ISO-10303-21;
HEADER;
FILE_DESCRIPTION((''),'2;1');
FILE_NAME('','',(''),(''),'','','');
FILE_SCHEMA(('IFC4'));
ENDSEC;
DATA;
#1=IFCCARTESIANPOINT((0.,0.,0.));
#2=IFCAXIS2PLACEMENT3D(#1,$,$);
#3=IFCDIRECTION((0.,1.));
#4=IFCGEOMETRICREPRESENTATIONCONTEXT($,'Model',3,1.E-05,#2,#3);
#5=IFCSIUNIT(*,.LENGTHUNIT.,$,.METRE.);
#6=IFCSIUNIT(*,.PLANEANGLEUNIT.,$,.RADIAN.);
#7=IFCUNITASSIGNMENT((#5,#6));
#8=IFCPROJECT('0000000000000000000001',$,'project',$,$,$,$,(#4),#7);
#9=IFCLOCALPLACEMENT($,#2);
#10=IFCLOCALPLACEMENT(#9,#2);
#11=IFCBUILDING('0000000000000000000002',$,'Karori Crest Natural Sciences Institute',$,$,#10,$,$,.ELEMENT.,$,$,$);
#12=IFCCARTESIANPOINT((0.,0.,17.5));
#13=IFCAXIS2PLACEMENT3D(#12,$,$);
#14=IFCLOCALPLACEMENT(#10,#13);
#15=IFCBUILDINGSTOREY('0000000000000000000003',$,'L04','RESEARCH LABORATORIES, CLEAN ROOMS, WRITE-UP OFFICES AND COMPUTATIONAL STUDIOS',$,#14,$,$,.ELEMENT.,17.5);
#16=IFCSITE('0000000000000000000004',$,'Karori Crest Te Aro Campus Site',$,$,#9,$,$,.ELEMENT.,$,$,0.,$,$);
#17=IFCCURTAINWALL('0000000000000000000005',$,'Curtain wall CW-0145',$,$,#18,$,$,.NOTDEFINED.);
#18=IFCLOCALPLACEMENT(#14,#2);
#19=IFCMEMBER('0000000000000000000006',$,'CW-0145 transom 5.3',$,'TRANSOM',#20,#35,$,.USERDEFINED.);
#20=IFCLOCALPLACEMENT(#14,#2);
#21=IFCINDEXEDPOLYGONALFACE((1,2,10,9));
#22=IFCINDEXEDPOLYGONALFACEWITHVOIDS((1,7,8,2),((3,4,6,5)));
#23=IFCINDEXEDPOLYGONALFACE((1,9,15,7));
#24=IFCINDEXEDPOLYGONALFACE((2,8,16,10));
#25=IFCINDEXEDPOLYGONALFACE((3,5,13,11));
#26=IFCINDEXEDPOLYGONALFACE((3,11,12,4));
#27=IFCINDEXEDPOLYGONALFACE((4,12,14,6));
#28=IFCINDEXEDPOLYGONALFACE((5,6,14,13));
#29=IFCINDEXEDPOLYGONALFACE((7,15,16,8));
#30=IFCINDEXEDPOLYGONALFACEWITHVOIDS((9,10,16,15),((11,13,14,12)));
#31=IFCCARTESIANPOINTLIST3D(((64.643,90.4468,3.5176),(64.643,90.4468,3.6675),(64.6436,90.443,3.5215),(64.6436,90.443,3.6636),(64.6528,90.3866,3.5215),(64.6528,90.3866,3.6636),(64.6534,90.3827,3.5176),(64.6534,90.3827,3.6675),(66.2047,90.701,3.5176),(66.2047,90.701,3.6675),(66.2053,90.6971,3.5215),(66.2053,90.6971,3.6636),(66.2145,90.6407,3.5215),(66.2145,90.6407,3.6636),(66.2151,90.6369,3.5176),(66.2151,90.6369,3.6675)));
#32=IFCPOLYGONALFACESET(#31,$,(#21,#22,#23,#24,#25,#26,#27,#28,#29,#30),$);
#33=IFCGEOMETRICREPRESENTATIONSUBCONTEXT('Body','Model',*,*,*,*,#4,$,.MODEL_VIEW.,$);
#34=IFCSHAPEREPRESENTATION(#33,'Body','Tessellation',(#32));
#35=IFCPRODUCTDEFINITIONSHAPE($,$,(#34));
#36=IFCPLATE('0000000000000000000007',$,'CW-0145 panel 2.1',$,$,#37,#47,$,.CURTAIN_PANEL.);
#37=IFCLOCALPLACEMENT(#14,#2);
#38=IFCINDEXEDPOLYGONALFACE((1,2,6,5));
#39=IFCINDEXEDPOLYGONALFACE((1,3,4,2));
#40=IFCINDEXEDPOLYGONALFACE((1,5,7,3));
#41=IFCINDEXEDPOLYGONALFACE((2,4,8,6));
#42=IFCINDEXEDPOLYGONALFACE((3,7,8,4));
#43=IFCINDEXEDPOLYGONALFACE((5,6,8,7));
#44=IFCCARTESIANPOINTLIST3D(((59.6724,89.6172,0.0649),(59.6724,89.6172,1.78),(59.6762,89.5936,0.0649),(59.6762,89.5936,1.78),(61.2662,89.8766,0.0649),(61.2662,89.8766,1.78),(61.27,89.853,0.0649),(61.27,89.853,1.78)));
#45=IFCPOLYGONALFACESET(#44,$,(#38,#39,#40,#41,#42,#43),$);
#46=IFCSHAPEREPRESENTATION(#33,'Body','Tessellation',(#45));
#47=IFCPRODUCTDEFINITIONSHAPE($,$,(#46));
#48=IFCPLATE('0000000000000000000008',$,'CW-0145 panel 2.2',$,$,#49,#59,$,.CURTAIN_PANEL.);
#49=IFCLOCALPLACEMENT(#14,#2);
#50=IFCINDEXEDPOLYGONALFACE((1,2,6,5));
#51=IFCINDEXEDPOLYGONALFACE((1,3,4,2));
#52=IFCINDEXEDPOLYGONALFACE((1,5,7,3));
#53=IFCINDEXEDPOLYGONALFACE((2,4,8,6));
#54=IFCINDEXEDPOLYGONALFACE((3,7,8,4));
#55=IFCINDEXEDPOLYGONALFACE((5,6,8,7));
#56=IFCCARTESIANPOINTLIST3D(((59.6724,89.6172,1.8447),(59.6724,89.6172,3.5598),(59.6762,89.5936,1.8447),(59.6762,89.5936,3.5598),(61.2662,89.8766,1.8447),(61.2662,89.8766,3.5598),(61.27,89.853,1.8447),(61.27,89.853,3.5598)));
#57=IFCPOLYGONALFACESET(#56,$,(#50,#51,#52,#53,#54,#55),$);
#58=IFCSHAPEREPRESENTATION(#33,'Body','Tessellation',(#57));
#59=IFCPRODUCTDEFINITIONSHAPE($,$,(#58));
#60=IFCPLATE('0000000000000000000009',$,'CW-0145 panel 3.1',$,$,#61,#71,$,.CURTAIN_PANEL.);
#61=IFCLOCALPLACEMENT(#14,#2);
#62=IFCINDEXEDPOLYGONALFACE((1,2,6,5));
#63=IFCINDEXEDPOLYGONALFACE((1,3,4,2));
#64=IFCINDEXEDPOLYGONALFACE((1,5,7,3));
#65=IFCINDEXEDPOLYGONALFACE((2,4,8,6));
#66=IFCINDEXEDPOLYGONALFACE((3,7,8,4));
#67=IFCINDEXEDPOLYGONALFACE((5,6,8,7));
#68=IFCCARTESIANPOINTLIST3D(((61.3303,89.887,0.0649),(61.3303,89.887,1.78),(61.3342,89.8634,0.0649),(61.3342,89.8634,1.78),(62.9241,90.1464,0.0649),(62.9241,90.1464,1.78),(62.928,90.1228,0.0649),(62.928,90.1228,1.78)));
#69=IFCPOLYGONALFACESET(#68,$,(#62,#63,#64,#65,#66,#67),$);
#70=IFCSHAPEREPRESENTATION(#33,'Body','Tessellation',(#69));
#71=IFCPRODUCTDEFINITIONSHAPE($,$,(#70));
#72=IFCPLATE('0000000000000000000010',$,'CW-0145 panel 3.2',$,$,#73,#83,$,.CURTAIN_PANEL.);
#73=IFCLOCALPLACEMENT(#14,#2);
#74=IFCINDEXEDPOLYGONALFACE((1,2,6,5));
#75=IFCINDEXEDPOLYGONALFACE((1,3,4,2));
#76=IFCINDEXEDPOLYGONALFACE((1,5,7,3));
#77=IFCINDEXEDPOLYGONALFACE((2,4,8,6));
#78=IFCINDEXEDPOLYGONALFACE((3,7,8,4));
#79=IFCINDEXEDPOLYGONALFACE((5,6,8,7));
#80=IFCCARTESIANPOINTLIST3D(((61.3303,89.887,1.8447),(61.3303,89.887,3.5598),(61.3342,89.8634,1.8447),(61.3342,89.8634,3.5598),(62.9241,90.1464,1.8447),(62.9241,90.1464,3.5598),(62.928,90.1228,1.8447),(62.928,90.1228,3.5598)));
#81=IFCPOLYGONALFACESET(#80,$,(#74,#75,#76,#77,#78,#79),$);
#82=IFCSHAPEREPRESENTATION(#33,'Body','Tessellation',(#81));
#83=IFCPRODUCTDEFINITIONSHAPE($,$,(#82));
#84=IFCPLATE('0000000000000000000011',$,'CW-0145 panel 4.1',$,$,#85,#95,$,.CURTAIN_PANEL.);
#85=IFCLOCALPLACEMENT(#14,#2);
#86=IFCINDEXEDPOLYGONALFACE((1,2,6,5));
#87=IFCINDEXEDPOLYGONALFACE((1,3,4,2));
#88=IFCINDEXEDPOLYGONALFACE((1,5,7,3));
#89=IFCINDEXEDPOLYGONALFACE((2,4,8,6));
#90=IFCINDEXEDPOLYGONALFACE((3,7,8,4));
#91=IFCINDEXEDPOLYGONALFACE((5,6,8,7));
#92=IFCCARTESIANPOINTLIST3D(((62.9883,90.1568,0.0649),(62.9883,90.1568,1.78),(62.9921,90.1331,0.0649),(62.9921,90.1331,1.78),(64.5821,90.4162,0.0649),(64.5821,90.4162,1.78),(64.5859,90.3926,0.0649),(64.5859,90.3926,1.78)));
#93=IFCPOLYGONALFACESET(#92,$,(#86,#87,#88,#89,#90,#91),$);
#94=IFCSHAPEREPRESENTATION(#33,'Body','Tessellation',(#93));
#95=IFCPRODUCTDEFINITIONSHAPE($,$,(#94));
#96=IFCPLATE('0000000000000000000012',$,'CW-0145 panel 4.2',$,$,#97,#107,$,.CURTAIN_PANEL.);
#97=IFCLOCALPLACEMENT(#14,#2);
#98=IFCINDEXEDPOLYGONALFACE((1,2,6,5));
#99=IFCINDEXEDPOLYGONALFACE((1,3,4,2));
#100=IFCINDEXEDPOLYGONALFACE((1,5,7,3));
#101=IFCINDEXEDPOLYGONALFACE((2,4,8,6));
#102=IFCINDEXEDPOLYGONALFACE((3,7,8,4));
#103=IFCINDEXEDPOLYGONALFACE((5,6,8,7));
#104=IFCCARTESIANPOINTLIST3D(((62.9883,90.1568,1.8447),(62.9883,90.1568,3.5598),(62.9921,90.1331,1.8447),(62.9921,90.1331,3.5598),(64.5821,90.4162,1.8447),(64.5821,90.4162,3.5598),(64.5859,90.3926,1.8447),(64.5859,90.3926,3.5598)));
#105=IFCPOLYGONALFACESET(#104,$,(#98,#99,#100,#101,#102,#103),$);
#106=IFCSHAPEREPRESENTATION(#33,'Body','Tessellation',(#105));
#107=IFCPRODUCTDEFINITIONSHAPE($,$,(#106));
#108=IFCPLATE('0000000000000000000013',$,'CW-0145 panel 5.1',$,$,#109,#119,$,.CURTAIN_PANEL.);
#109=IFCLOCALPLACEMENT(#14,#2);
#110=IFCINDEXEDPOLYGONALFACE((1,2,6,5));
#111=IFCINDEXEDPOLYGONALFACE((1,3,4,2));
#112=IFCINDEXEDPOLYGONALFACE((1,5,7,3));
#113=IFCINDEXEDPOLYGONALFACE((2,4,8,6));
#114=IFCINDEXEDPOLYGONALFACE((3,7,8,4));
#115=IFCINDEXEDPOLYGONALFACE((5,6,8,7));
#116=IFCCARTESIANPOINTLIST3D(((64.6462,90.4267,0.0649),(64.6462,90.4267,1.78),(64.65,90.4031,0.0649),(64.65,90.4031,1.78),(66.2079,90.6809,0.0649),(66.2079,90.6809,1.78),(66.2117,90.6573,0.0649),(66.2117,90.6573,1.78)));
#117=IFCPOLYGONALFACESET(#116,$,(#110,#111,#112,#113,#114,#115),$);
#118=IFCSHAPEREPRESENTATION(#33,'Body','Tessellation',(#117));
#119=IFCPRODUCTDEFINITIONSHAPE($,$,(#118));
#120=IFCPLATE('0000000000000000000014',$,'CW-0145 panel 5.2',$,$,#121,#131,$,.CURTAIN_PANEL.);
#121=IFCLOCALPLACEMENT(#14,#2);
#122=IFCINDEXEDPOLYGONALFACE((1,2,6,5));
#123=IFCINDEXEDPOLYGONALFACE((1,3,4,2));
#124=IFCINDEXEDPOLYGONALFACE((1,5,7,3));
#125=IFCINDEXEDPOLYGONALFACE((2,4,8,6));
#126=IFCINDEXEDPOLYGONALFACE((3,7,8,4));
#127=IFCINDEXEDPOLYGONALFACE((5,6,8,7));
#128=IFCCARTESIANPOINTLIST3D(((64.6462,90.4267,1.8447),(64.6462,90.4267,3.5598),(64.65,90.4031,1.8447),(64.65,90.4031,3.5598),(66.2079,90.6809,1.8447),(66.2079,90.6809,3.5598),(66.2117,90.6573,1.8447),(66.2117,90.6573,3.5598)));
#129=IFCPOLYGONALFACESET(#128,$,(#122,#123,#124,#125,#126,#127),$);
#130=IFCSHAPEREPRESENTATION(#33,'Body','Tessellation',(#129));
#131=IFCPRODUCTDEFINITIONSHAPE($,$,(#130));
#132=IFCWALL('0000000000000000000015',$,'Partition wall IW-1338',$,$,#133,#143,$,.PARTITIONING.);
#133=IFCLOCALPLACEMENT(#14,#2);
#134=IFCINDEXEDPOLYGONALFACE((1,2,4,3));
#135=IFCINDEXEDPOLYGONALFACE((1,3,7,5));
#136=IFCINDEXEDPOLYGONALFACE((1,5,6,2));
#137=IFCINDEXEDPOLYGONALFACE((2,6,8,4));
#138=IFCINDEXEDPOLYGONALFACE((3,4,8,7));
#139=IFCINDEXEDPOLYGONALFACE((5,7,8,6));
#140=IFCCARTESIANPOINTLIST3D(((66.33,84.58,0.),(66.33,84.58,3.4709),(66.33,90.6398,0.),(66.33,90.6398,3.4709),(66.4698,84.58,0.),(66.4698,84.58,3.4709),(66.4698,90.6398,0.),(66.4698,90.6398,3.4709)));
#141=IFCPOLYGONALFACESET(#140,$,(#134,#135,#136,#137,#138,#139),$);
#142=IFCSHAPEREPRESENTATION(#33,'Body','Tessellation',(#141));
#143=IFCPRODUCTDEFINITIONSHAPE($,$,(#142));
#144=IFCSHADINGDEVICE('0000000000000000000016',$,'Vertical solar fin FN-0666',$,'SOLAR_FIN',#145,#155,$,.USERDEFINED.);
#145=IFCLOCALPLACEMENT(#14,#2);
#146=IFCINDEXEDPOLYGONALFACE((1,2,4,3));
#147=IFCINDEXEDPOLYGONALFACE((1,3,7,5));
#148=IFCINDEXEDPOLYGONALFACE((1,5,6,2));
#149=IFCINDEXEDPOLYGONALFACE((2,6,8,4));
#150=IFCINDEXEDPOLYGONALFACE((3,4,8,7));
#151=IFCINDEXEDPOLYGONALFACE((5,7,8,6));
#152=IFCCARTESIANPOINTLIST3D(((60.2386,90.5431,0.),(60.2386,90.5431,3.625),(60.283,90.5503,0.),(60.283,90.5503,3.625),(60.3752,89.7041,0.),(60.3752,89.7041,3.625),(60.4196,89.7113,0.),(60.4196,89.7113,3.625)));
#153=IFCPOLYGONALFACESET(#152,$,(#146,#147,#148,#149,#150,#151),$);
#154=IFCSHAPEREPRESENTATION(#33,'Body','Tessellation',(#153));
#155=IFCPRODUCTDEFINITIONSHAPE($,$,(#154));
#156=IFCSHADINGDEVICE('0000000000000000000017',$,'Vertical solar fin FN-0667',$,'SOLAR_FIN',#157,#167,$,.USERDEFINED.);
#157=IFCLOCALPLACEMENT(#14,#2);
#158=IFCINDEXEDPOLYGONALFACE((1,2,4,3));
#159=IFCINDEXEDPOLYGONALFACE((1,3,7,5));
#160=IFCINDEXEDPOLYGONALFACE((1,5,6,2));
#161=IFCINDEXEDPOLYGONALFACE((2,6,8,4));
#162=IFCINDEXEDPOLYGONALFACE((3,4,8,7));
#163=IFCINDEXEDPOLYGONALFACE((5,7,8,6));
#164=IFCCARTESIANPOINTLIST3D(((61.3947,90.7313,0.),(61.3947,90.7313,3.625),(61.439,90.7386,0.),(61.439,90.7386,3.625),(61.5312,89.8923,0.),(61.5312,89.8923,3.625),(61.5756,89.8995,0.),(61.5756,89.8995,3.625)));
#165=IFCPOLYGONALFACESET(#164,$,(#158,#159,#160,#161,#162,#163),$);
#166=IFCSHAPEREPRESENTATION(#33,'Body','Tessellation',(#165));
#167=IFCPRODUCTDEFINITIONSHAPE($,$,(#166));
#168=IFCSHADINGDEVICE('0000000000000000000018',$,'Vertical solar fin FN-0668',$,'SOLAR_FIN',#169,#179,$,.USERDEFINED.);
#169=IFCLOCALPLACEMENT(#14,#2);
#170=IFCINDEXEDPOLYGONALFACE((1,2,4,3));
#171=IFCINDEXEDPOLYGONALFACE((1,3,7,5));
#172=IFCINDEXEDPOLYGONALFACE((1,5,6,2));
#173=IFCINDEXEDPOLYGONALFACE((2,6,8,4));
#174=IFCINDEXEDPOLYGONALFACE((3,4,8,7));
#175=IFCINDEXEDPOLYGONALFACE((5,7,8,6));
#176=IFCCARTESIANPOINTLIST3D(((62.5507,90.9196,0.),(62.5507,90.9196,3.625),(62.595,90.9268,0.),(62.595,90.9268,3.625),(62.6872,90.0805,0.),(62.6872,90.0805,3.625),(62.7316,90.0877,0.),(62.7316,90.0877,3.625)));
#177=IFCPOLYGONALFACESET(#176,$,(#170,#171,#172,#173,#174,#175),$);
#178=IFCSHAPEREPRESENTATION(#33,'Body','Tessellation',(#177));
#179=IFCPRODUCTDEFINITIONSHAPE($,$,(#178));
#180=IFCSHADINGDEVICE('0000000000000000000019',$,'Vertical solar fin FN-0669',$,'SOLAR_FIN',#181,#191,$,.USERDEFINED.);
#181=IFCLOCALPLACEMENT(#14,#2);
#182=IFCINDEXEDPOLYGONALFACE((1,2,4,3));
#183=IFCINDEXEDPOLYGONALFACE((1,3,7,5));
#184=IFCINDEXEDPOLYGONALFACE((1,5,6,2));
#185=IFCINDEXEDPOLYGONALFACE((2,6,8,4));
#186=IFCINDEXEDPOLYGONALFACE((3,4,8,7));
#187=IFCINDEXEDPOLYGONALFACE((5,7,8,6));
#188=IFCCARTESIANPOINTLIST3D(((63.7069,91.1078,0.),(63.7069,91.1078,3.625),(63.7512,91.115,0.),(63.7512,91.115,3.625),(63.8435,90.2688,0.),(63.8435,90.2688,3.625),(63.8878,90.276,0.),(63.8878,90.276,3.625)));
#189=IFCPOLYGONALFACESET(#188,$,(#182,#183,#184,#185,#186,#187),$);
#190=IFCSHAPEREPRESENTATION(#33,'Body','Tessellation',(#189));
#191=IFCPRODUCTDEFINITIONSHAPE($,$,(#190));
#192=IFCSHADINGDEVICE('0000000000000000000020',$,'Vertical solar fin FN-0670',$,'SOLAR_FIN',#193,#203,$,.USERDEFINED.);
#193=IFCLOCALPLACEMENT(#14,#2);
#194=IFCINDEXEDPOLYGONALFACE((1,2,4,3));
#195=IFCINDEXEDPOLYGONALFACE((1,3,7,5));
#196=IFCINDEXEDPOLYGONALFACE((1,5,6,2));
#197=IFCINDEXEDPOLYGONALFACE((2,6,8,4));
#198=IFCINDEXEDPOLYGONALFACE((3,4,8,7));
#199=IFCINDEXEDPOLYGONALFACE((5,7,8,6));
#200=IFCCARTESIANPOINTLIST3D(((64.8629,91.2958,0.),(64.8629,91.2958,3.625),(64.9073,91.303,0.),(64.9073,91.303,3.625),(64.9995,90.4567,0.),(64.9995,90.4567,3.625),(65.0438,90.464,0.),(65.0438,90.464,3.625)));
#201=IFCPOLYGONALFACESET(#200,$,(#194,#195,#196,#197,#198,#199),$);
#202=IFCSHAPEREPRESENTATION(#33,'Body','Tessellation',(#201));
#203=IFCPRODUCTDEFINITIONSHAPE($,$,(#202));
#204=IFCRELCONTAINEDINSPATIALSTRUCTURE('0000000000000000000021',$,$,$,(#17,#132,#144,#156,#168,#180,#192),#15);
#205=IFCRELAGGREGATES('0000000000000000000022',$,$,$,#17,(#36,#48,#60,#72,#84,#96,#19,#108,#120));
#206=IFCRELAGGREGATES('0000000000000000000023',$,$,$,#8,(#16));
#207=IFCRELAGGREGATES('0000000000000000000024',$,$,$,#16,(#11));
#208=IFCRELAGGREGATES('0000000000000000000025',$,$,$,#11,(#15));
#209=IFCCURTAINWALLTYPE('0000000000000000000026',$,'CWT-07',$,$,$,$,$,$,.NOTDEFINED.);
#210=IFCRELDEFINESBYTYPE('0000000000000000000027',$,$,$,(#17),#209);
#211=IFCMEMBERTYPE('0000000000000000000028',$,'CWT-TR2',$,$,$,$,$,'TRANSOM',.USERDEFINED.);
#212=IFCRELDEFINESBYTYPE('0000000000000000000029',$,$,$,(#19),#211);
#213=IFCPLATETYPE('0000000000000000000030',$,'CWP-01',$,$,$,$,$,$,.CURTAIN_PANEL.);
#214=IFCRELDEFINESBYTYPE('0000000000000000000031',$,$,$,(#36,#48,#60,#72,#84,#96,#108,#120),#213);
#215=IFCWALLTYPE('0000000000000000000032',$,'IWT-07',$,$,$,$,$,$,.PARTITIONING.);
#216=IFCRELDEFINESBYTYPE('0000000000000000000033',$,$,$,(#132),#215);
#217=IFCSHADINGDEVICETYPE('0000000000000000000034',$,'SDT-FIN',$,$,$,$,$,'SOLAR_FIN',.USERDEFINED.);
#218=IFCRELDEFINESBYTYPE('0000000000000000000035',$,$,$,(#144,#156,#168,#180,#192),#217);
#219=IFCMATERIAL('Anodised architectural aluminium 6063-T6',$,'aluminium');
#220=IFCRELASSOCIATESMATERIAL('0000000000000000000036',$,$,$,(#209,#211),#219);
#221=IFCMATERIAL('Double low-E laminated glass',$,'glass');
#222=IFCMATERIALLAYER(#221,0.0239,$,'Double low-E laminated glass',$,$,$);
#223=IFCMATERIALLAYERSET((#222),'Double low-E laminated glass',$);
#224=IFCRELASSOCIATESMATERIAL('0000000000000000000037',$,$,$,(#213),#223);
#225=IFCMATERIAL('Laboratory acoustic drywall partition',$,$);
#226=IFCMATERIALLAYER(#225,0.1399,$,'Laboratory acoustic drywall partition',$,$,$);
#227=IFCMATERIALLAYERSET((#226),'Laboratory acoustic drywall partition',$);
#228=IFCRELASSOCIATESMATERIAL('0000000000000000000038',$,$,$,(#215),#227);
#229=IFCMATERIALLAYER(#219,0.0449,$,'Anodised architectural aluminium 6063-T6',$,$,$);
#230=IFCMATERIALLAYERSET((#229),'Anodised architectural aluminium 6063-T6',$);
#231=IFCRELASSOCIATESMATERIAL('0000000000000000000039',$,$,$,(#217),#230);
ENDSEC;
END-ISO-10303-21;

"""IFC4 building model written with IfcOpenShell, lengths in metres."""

from ifc_helpers import new_model, si_unit, direction, frame, frame_2d, origin, origin_2d, place, context, subcontext, project, spatial, rectangle, hollow_rectangle, extrude, material, layer, layer_set, material_profile, profile_set, type_object, element, aggregate, save


model = new_model("IFC4")

# Units and contexts
model_context = context("Model", 3, precision=1e-05, world=origin(), true_north=direction((0.0, 1.0)))
body_context = subcontext(model_context, "Body", "Model", "MODEL_VIEW")
ifc_project = project(units=[si_unit("LENGTHUNIT", "METRE"), si_unit("PLANEANGLEUNIT", "RADIAN")], contexts=[model_context])

# Site, building, storey
site_placement = place(None, origin())
site = spatial("IfcSite", under=ifc_project, at=site_placement, Name="Karori Crest Te Aro Campus Site", CompositionType="ELEMENT", RefElevation=0.0)
building_placement = place(site_placement, origin())
building = spatial("IfcBuilding", under=site, at=building_placement, Name="Karori Crest Natural Sciences Institute", CompositionType="ELEMENT")
storey_placement = place(building_placement, frame((0.0, 0.0, 17.5)))
storey = spatial("IfcBuildingStorey", under=building, at=storey_placement, Name="L04", Description="RESEARCH LABORATORIES, CLEAN ROOMS, WRITE-UP OFFICES AND COMPUTATIONAL STUDIOS", CompositionType="ELEMENT", Elevation=17.5)

# Curtain wall, member, plates
ifc_material_1 = material(Name="Anodised architectural aluminium 6063-T6", Category="aluminium")
curtain_wall_type = type_object("IfcCurtainWallType", Name="CWT-07", PredefinedType="NOTDEFINED", material=ifc_material_1)
curtain_wall_placement = place(storey_placement, origin())
curtain_wall = element("IfcCurtainWall", 1, at=curtain_wall_placement, inside=storey, type_object=curtain_wall_type, Name="Curtain wall CW-0145", PredefinedType="NOTDEFINED")
ifc_material_profile_1 = material_profile(ifc_material_1, hollow_rectangle(XDim=0.0649, YDim=0.1499, WallThickness=0.0039, at=origin_2d()), Name="CWT150x65x4")
ifc_profile_set_1 = profile_set([ifc_material_profile_1], Name="Anodised architectural aluminium 6063-T6")
member_type_1 = type_object("IfcMemberType", Name="CWT-TR2", ElementType="TRANSOM", PredefinedType="USERDEFINED", material=ifc_profile_set_1)
member_1_placement = place(storey_placement, frame((64.6482, 90.4148, 3.5925), z_axis=(0.987016, 0.16062, 0.0), x_axis=(-0.16062, 0.987016, 0.0)))
member_1 = element("IfcMember", 2, at=member_1_placement, type_object=member_type_1, Name="CW-0145 transom 5.3", ObjectType="TRANSOM", PredefinedType="USERDEFINED", context=body_context, shape_type="SweptSolid", body=[
    extrude(hollow_rectangle(XDim=0.0649, YDim=0.1499, WallThickness=0.0039, at=origin_2d()), origin(), (0.0, 0.0, 1.0), 1.5823),
])
ifc_material_2 = material(Name="Double low-E laminated glass", Category="glass")
ifc_layer_1 = layer(ifc_material_2, 0.0239, Name="Double low-E laminated glass")
ifc_layer_set_1 = layer_set([ifc_layer_1], Name="Double low-E laminated glass")
plate_type = type_object("IfcPlateType", Name="CWP-01", PredefinedType="CURTAIN_PANEL", material=ifc_layer_set_1)
plate_1_placement = place(storey_placement, frame((60.4712, 89.7351, 0.0649), z_axis=(0.0, 0.0, 1.0), x_axis=(0.987011, 0.16065, 0.0)))
plate_1 = element("IfcPlate", 3, at=plate_1_placement, type_object=plate_type, Name="CW-0145 panel 2.1", PredefinedType="CURTAIN_PANEL", context=body_context, shape_type="SweptSolid", body=[
    extrude(rectangle(XDim=1.6147, YDim=0.0239, at=origin_2d()), origin(), (0.0, 0.0, 1.0), 1.7151),
])
plate_2_placement = place(storey_placement, frame((60.4712, 89.7351, 1.8447), z_axis=(0.0, 0.0, 1.0), x_axis=(0.987011, 0.16065, 0.0)))
plate_2 = element("IfcPlate", 4, at=plate_2_placement, type_object=plate_type, Name="CW-0145 panel 2.2", PredefinedType="CURTAIN_PANEL", context=body_context, shape_type="SweptSolid", body=[
    extrude(rectangle(XDim=1.6147, YDim=0.0239, at=origin_2d()), origin(), (0.0, 0.0, 1.0), 1.7151),
])
plate_3_placement = place(storey_placement, frame((62.1292, 90.0049, 0.0649), z_axis=(0.0, 0.0, 1.0), x_axis=(0.987011, 0.16065, 0.0)))
plate_3 = element("IfcPlate", 5, at=plate_3_placement, type_object=plate_type, Name="CW-0145 panel 3.1", PredefinedType="CURTAIN_PANEL", context=body_context, shape_type="SweptSolid", body=[
    extrude(rectangle(XDim=1.6147, YDim=0.0239, at=origin_2d()), origin(), (0.0, 0.0, 1.0), 1.7151),
])
plate_4_placement = place(storey_placement, frame((62.1292, 90.0049, 1.8447), z_axis=(0.0, 0.0, 1.0), x_axis=(0.987011, 0.16065, 0.0)))
plate_4 = element("IfcPlate", 6, at=plate_4_placement, type_object=plate_type, Name="CW-0145 panel 3.2", PredefinedType="CURTAIN_PANEL", context=body_context, shape_type="SweptSolid", body=[
    extrude(rectangle(XDim=1.6147, YDim=0.0239, at=origin_2d()), origin(), (0.0, 0.0, 1.0), 1.7151),
])
plate_5_placement = place(storey_placement, frame((63.7871, 90.2747, 0.0649), z_axis=(0.0, 0.0, 1.0), x_axis=(0.987011, 0.16065, 0.0)))
plate_5 = element("IfcPlate", 7, at=plate_5_placement, type_object=plate_type, Name="CW-0145 panel 4.1", PredefinedType="CURTAIN_PANEL", context=body_context, shape_type="SweptSolid", body=[
    extrude(rectangle(XDim=1.6147, YDim=0.0239, at=origin_2d()), origin(), (0.0, 0.0, 1.0), 1.7151),
])
plate_6_placement = place(storey_placement, frame((63.7871, 90.2747, 1.8447), z_axis=(0.0, 0.0, 1.0), x_axis=(0.987011, 0.16065, 0.0)))
plate_6 = element("IfcPlate", 8, at=plate_6_placement, type_object=plate_type, Name="CW-0145 panel 4.2", PredefinedType="CURTAIN_PANEL", context=body_context, shape_type="SweptSolid", body=[
    extrude(rectangle(XDim=1.6147, YDim=0.0239, at=origin_2d()), origin(), (0.0, 0.0, 1.0), 1.7151),
])
plate_7_placement = place(storey_placement, frame((65.429, 90.542, 0.0649), z_axis=(0.0, 0.0, 1.0), x_axis=(0.987011, 0.16065, 0.0)))
plate_7 = element("IfcPlate", 9, at=plate_7_placement, type_object=plate_type, Name="CW-0145 panel 5.1", PredefinedType="CURTAIN_PANEL", context=body_context, shape_type="SweptSolid", body=[
    extrude(rectangle(XDim=1.5823, YDim=0.0239, at=origin_2d()), origin(), (0.0, 0.0, 1.0), 1.7151),
])
plate_8_placement = place(storey_placement, frame((65.429, 90.542, 1.8447), z_axis=(0.0, 0.0, 1.0), x_axis=(0.987011, 0.16065, 0.0)))
plate_8 = element("IfcPlate", 10, at=plate_8_placement, type_object=plate_type, Name="CW-0145 panel 5.2", PredefinedType="CURTAIN_PANEL", context=body_context, shape_type="SweptSolid", body=[
    extrude(rectangle(XDim=1.5823, YDim=0.0239, at=origin_2d()), origin(), (0.0, 0.0, 1.0), 1.7151),
])
aggregate(curtain_wall, [plate_1, plate_2, plate_3, plate_4, plate_5, plate_6, member_1, plate_7, plate_8])

# Wall
ifc_material_3 = material(Name="Laboratory acoustic drywall partition")
ifc_layer_2 = layer(ifc_material_3, 0.1399, Name="Laboratory acoustic drywall partition")
ifc_layer_set_2 = layer_set([ifc_layer_2], Name="Laboratory acoustic drywall partition")
wall_type = type_object("IfcWallType", Name="IWT-07", PredefinedType="PARTITIONING", material=ifc_layer_set_2)
wall_placement = place(storey_placement, frame((66.3999, 84.5801, 0.0), z_axis=(0.0, 0.0, 1.0), x_axis=(0.0, 1.0, 0.0)))
element("IfcWall", 11, at=wall_placement, inside=storey, type_object=wall_type, Name="Partition wall IW-1338", PredefinedType="PARTITIONING", context=body_context, shape_type="SweptSolid", body=[
    extrude(rectangle(XDim=6.0598, YDim=0.1399, at=frame_2d((3.0298, 0.0))), origin(), (0.0, 0.0, 1.0), 3.4709),
])

# Shading devices
ifc_layer_3 = layer(ifc_material_1, 0.0449, Name="Anodised architectural aluminium 6063-T6")
ifc_layer_set_3 = layer_set([ifc_layer_3], Name="Anodised architectural aluminium 6063-T6")
shading_device_type = type_object("IfcShadingDeviceType", Name="SDT-FIN", ElementType="SOLAR_FIN", PredefinedType="USERDEFINED", material=ifc_layer_set_3)
for number, where, z_axis, x_axis, name in (
    (12, (60.3291, 90.1272, 0.0), (0.0, 0.0, 1.0), (-0.16065, 0.987012, 0.0), "Vertical solar fin FN-0666"),
    (13, (61.4851, 90.3154, 0.0), (0.0, 0.0, 1.0), (-0.16065, 0.987012, 0.0), "Vertical solar fin FN-0667"),
    (14, (62.6411, 90.5037, 0.0), (0.0, 0.0, 1.0), (-0.16065, 0.987012, 0.0), "Vertical solar fin FN-0668"),
    (15, (63.7974, 90.6919, 0.0), (0.0, 0.0, 1.0), (-0.16065, 0.987012, 0.0), "Vertical solar fin FN-0669"),
    (16, (64.9534, 90.8799, 0.0), (0.0, 0.0, 1.0), (-0.16065, 0.987012, 0.0), "Vertical solar fin FN-0670"),
):
    element("IfcShadingDevice", number, at=place(storey_placement, frame(where, z_axis=z_axis, x_axis=x_axis)), inside=storey, type_object=shading_device_type, Name=name, ObjectType="SOLAR_FIN", PredefinedType="USERDEFINED", context=body_context, shape_type="SweptSolid", body=[
        extrude(rectangle(XDim=0.8501, YDim=0.0449, at=origin_2d()), origin(), (0.0, 0.0, 1.0), 3.625),
    ])

save(model, "model.ifc")
